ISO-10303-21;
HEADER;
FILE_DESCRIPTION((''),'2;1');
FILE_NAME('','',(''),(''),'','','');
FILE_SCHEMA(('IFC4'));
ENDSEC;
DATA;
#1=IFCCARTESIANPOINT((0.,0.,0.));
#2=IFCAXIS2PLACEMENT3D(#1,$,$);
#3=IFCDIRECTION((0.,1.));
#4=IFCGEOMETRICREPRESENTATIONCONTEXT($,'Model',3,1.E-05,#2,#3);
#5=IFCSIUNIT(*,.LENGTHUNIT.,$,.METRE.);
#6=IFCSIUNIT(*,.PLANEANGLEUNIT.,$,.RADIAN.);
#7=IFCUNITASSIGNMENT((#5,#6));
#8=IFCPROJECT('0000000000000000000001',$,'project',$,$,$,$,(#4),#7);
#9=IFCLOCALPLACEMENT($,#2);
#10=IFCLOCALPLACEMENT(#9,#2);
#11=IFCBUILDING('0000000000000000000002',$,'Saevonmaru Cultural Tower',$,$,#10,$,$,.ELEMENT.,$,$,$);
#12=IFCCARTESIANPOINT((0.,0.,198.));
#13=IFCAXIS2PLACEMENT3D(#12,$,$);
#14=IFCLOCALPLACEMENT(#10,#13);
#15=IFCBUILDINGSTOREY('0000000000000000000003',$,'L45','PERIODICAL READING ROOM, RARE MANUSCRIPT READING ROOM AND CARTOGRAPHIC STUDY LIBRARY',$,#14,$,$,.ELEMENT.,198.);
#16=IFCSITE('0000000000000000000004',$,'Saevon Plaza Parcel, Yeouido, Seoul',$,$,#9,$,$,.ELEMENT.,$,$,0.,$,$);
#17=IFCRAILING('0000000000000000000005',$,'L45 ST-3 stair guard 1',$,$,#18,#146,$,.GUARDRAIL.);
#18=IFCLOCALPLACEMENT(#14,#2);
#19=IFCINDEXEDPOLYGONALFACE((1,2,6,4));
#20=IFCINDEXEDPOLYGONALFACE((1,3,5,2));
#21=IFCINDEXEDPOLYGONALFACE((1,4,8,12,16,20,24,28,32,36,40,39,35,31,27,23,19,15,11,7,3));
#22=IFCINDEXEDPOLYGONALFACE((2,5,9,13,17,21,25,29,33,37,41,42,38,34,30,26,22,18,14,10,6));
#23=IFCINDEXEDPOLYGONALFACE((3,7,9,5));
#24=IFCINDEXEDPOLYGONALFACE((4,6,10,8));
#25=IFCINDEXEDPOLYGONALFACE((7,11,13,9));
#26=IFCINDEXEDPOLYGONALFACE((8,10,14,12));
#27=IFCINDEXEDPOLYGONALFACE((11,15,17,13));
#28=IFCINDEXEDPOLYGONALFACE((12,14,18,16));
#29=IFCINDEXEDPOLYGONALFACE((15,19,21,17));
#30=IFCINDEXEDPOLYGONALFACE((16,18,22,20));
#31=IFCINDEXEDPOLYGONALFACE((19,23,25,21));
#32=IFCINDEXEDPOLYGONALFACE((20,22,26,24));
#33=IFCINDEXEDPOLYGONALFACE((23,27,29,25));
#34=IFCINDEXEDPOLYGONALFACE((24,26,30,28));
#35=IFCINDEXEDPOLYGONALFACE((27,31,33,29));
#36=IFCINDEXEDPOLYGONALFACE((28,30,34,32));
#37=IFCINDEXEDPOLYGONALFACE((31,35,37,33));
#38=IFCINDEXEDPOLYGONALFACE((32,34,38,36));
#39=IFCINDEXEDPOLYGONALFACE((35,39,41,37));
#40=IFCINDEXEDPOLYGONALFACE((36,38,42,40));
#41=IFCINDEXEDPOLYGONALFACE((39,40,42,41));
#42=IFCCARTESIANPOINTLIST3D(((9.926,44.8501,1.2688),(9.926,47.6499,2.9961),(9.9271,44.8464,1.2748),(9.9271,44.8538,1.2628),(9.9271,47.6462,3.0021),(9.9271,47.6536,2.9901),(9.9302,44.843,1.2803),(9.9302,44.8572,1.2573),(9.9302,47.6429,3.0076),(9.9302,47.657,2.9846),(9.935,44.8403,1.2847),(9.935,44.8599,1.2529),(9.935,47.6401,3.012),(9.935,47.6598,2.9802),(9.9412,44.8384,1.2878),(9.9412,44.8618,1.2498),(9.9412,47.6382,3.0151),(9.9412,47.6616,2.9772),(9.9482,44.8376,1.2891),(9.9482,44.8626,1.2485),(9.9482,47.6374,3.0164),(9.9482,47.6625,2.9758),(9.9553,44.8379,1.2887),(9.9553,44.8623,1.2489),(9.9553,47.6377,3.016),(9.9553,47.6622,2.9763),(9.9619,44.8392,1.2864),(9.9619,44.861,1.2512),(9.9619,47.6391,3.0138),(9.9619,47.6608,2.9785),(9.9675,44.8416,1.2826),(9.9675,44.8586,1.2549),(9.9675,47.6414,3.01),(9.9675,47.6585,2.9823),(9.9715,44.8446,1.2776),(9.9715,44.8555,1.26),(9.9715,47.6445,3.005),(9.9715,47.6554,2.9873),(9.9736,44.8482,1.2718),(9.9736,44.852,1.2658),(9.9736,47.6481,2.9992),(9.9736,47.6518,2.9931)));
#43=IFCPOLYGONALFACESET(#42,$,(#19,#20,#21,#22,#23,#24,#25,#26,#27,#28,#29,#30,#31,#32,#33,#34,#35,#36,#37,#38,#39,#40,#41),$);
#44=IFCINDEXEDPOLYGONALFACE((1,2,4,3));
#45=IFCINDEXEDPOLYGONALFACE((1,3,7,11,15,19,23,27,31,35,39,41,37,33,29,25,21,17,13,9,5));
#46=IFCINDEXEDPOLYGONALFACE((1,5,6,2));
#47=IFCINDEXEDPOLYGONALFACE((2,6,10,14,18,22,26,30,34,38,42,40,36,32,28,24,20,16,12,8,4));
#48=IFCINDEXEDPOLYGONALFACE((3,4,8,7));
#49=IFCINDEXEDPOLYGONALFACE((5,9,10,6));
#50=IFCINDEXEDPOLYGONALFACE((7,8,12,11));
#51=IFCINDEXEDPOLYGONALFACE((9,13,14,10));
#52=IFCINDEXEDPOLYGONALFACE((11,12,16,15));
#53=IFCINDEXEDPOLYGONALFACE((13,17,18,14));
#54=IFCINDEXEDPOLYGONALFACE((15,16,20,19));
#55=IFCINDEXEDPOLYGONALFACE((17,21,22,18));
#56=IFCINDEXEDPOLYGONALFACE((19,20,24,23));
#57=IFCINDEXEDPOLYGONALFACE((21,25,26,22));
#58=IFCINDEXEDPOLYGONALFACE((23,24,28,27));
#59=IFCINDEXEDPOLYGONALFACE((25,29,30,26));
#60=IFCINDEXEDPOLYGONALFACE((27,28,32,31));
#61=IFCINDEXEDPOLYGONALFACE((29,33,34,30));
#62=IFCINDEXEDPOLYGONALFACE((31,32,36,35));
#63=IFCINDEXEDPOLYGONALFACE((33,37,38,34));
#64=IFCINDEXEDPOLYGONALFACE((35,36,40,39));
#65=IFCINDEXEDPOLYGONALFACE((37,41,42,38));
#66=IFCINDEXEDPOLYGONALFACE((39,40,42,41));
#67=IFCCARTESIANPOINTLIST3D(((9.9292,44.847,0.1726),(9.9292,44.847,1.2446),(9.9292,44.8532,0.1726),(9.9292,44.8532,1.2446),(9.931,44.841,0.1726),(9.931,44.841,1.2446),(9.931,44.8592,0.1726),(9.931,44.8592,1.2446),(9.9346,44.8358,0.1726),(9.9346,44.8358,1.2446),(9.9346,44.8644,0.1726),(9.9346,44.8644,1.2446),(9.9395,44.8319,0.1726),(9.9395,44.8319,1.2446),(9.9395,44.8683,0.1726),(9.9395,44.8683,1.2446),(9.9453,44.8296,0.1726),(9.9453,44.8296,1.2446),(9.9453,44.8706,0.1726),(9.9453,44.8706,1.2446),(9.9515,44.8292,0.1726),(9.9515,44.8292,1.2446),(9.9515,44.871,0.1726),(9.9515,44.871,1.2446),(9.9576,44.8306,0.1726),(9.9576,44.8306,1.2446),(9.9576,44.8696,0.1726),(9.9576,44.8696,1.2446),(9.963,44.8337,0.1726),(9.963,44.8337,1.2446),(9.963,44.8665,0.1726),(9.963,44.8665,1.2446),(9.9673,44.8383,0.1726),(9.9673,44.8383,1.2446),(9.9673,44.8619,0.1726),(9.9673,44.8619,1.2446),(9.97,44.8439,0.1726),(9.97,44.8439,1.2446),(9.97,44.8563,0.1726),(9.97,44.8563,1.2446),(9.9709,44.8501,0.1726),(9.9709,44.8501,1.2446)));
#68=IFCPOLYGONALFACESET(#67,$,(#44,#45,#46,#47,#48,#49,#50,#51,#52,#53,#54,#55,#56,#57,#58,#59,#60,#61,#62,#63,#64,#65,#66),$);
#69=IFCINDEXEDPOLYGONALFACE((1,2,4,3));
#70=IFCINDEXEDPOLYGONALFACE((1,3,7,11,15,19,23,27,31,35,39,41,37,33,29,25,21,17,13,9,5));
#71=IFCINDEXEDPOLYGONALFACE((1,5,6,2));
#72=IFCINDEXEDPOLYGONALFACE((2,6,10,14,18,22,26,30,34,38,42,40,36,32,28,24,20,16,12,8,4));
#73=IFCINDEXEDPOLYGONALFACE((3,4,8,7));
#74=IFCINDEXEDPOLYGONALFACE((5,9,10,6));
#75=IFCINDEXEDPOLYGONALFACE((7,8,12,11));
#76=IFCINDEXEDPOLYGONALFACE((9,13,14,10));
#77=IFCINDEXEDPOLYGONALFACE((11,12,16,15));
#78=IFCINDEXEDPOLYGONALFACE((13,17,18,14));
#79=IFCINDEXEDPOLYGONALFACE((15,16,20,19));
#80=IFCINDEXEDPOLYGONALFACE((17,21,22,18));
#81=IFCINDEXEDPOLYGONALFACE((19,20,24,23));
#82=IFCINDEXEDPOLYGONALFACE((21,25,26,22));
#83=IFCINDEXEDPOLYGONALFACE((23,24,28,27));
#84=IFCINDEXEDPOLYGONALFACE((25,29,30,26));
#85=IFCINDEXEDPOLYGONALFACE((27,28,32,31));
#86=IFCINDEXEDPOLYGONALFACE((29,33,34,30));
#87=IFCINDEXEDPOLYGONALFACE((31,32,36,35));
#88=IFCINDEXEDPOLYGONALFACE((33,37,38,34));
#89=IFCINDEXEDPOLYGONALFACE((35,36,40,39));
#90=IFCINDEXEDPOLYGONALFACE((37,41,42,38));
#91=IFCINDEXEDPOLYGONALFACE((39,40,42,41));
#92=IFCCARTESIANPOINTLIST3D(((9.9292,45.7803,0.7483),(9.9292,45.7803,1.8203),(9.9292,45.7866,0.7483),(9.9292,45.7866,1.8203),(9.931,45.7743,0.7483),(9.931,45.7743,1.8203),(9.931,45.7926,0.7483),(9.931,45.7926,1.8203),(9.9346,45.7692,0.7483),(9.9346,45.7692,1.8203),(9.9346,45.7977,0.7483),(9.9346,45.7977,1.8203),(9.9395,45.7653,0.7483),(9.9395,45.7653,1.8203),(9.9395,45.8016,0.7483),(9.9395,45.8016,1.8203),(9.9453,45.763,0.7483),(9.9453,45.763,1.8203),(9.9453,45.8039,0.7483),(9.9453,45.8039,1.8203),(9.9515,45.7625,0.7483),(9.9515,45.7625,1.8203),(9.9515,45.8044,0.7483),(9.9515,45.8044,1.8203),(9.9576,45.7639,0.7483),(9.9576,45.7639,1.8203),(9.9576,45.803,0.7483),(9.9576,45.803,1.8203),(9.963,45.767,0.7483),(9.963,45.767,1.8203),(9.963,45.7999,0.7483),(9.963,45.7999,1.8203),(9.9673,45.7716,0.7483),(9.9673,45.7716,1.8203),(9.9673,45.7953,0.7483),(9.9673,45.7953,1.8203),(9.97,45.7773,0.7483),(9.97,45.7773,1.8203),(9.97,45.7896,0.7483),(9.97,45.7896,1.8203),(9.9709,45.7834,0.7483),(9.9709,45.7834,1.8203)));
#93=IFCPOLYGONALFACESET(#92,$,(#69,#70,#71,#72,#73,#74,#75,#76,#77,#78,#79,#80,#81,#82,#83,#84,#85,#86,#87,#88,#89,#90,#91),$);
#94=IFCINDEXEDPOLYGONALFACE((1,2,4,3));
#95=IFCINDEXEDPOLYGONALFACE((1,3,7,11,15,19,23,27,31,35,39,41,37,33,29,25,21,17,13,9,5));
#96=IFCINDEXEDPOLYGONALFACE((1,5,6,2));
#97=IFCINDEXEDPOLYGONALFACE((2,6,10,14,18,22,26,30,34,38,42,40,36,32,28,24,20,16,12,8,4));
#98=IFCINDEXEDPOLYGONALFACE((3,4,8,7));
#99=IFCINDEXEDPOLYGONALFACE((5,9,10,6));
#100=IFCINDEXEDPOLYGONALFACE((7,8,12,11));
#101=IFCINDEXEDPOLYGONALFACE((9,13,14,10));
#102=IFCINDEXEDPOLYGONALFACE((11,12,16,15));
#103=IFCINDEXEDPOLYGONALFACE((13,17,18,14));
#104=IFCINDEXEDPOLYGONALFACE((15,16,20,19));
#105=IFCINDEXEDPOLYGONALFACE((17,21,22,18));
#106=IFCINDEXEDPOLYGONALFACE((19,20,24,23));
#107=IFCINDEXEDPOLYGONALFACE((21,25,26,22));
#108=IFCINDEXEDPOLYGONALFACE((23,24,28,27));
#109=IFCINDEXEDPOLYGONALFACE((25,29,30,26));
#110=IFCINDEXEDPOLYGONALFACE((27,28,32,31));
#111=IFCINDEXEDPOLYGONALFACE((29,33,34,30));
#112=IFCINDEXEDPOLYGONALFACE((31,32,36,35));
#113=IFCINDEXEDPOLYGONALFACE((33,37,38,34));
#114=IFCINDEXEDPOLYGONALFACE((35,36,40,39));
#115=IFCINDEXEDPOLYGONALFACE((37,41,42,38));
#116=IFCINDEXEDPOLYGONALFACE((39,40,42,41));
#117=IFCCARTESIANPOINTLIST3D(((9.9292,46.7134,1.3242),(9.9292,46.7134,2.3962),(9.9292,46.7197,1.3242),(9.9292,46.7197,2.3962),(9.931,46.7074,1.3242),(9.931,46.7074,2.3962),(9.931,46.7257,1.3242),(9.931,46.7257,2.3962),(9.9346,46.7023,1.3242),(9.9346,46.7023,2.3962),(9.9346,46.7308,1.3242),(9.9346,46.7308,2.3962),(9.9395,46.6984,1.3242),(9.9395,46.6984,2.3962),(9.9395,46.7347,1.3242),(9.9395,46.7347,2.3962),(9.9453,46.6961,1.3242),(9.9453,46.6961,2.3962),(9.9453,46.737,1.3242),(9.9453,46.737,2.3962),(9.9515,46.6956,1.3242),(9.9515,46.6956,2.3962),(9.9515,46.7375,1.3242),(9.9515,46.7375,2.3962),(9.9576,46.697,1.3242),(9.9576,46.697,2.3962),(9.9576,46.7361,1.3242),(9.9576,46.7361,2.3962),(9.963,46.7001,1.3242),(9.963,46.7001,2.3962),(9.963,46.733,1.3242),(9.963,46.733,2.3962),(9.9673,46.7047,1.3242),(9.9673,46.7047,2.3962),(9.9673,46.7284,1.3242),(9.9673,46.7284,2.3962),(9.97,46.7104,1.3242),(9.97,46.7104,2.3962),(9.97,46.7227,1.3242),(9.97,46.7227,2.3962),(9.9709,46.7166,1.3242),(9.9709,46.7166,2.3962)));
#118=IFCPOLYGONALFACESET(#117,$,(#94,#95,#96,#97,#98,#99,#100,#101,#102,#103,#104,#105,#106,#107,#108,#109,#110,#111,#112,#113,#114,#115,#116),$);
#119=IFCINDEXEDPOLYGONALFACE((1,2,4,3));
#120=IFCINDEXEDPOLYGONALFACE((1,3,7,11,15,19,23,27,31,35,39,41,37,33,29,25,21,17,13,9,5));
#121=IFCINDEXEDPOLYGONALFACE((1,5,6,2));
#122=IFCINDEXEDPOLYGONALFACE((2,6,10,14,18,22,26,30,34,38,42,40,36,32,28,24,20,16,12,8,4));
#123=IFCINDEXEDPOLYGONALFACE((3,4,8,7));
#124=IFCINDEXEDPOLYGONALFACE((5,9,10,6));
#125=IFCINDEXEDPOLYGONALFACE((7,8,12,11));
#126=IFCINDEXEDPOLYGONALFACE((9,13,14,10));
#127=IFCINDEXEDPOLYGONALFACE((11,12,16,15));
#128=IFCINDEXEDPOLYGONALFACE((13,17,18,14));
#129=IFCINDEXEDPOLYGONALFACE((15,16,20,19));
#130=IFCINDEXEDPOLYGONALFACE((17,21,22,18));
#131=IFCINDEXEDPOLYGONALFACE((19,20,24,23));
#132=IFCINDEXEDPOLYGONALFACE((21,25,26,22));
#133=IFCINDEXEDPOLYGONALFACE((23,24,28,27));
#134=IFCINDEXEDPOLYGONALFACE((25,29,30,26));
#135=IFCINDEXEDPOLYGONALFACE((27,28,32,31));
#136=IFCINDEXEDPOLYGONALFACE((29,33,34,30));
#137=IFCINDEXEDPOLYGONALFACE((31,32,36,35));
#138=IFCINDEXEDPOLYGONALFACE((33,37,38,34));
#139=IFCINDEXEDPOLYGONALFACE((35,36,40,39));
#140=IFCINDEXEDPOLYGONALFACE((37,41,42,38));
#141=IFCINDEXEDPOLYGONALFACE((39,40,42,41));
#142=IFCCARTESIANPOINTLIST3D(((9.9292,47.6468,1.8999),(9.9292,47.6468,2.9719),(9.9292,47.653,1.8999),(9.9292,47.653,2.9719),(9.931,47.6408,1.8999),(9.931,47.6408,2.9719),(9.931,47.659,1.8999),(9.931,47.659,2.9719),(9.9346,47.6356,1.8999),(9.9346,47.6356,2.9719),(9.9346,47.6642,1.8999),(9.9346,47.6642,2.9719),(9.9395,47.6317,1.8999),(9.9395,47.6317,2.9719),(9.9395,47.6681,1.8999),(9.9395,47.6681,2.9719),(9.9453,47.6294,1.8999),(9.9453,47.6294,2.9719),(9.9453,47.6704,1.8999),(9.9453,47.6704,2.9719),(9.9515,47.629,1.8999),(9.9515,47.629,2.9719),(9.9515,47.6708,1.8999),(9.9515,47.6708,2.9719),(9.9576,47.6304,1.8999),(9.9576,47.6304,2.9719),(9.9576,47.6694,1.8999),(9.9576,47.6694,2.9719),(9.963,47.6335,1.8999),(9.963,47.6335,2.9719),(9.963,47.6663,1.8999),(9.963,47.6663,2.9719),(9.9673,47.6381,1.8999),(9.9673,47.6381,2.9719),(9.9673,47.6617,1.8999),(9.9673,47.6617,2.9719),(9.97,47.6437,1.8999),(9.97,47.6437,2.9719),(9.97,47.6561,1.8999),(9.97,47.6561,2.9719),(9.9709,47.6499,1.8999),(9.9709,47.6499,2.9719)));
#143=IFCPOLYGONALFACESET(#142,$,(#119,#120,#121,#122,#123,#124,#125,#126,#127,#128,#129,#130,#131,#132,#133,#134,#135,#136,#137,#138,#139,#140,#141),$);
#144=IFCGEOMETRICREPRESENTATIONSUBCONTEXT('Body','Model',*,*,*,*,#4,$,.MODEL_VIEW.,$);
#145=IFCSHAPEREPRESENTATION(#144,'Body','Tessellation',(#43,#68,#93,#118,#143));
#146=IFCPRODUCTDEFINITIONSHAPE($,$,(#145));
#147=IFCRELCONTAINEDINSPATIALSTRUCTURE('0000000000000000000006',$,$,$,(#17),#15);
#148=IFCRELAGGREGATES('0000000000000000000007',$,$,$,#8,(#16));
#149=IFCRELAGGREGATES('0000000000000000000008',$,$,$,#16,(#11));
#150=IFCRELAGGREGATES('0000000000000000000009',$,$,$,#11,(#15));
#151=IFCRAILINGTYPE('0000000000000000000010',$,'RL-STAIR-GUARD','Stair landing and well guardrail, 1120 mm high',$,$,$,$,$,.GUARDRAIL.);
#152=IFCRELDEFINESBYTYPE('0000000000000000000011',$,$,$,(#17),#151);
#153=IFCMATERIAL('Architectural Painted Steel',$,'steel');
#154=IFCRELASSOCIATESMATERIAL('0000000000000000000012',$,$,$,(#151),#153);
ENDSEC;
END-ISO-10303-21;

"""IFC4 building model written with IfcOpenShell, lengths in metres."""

from ifc_helpers import new_model, si_unit, direction, frame, origin, origin_2d, place, context, subcontext, project, spatial, circle, extrude, material, type_object, element, save


model = new_model("IFC4")

# Units and contexts
model_context = context("Model", 3, precision=1e-05, world=origin(), true_north=direction((0.0, 1.0)))
body_context = subcontext(model_context, "Body", "Model", "MODEL_VIEW")
ifc_project = project(units=[si_unit("LENGTHUNIT", "METRE"), si_unit("PLANEANGLEUNIT", "RADIAN")], contexts=[model_context])

# Site, building, storey
site_placement = place(None, origin())
site = spatial("IfcSite", under=ifc_project, at=site_placement, Name="Saevon Plaza Parcel, Yeouido, Seoul", CompositionType="ELEMENT", RefElevation=0.0)
building_placement = place(site_placement, origin())
building = spatial("IfcBuilding", under=site, at=building_placement, Name="Saevonmaru Cultural Tower", CompositionType="ELEMENT")
storey_placement = place(building_placement, frame((0.0, 0.0, 198.0)))
storey = spatial("IfcBuildingStorey", under=building, at=storey_placement, Name="L45", Description="PERIODICAL READING ROOM, RARE MANUSCRIPT READING ROOM AND CARTOGRAPHIC STUDY LIBRARY", CompositionType="ELEMENT", Elevation=198.0)

# Railing
ifc_material_1 = material(Name="Architectural Painted Steel", Category="steel")
railing_type_1 = type_object("IfcRailingType", Name="RL-STAIR-GUARD", Description="Stair landing and well guardrail, 1120 mm high", PredefinedType="GUARDRAIL", material=ifc_material_1)
railing_1_placement = place(storey_placement, frame((9.95, 44.8501, 0.1726)))
element("IfcRailing", 1, at=railing_1_placement, inside=storey, type_object=railing_type_1, Name="L45 ST-3 stair guard 1", PredefinedType="GUARDRAIL", context=body_context, shape_type="SweptSolid", body=[
    extrude(circle(Radius=0.0239, at=origin_2d()), frame((0.0, 0.0, 1.0962), z_axis=(0.0, 0.851069, 0.525054), x_axis=(-1.0, 0.0, 0.0)), (0.0, 0.0, 1.0), 3.2898),
    extrude(circle(Radius=0.021, at=origin_2d()), origin(), (0.0, 0.0, 1.0), 1.072),
    extrude(circle(Radius=0.021, at=origin_2d()), frame((0.0, 0.9333, 0.5757)), (0.0, 0.0, 1.0), 1.072),
    extrude(circle(Radius=0.021, at=origin_2d()), frame((0.0, 1.8665, 1.1516)), (0.0, 0.0, 1.0), 1.072),
    extrude(circle(Radius=0.021, at=origin_2d()), frame((0.0, 2.7998, 1.7273)), (0.0, 0.0, 1.0), 1.072),
])

save(model, "model.ifc")
